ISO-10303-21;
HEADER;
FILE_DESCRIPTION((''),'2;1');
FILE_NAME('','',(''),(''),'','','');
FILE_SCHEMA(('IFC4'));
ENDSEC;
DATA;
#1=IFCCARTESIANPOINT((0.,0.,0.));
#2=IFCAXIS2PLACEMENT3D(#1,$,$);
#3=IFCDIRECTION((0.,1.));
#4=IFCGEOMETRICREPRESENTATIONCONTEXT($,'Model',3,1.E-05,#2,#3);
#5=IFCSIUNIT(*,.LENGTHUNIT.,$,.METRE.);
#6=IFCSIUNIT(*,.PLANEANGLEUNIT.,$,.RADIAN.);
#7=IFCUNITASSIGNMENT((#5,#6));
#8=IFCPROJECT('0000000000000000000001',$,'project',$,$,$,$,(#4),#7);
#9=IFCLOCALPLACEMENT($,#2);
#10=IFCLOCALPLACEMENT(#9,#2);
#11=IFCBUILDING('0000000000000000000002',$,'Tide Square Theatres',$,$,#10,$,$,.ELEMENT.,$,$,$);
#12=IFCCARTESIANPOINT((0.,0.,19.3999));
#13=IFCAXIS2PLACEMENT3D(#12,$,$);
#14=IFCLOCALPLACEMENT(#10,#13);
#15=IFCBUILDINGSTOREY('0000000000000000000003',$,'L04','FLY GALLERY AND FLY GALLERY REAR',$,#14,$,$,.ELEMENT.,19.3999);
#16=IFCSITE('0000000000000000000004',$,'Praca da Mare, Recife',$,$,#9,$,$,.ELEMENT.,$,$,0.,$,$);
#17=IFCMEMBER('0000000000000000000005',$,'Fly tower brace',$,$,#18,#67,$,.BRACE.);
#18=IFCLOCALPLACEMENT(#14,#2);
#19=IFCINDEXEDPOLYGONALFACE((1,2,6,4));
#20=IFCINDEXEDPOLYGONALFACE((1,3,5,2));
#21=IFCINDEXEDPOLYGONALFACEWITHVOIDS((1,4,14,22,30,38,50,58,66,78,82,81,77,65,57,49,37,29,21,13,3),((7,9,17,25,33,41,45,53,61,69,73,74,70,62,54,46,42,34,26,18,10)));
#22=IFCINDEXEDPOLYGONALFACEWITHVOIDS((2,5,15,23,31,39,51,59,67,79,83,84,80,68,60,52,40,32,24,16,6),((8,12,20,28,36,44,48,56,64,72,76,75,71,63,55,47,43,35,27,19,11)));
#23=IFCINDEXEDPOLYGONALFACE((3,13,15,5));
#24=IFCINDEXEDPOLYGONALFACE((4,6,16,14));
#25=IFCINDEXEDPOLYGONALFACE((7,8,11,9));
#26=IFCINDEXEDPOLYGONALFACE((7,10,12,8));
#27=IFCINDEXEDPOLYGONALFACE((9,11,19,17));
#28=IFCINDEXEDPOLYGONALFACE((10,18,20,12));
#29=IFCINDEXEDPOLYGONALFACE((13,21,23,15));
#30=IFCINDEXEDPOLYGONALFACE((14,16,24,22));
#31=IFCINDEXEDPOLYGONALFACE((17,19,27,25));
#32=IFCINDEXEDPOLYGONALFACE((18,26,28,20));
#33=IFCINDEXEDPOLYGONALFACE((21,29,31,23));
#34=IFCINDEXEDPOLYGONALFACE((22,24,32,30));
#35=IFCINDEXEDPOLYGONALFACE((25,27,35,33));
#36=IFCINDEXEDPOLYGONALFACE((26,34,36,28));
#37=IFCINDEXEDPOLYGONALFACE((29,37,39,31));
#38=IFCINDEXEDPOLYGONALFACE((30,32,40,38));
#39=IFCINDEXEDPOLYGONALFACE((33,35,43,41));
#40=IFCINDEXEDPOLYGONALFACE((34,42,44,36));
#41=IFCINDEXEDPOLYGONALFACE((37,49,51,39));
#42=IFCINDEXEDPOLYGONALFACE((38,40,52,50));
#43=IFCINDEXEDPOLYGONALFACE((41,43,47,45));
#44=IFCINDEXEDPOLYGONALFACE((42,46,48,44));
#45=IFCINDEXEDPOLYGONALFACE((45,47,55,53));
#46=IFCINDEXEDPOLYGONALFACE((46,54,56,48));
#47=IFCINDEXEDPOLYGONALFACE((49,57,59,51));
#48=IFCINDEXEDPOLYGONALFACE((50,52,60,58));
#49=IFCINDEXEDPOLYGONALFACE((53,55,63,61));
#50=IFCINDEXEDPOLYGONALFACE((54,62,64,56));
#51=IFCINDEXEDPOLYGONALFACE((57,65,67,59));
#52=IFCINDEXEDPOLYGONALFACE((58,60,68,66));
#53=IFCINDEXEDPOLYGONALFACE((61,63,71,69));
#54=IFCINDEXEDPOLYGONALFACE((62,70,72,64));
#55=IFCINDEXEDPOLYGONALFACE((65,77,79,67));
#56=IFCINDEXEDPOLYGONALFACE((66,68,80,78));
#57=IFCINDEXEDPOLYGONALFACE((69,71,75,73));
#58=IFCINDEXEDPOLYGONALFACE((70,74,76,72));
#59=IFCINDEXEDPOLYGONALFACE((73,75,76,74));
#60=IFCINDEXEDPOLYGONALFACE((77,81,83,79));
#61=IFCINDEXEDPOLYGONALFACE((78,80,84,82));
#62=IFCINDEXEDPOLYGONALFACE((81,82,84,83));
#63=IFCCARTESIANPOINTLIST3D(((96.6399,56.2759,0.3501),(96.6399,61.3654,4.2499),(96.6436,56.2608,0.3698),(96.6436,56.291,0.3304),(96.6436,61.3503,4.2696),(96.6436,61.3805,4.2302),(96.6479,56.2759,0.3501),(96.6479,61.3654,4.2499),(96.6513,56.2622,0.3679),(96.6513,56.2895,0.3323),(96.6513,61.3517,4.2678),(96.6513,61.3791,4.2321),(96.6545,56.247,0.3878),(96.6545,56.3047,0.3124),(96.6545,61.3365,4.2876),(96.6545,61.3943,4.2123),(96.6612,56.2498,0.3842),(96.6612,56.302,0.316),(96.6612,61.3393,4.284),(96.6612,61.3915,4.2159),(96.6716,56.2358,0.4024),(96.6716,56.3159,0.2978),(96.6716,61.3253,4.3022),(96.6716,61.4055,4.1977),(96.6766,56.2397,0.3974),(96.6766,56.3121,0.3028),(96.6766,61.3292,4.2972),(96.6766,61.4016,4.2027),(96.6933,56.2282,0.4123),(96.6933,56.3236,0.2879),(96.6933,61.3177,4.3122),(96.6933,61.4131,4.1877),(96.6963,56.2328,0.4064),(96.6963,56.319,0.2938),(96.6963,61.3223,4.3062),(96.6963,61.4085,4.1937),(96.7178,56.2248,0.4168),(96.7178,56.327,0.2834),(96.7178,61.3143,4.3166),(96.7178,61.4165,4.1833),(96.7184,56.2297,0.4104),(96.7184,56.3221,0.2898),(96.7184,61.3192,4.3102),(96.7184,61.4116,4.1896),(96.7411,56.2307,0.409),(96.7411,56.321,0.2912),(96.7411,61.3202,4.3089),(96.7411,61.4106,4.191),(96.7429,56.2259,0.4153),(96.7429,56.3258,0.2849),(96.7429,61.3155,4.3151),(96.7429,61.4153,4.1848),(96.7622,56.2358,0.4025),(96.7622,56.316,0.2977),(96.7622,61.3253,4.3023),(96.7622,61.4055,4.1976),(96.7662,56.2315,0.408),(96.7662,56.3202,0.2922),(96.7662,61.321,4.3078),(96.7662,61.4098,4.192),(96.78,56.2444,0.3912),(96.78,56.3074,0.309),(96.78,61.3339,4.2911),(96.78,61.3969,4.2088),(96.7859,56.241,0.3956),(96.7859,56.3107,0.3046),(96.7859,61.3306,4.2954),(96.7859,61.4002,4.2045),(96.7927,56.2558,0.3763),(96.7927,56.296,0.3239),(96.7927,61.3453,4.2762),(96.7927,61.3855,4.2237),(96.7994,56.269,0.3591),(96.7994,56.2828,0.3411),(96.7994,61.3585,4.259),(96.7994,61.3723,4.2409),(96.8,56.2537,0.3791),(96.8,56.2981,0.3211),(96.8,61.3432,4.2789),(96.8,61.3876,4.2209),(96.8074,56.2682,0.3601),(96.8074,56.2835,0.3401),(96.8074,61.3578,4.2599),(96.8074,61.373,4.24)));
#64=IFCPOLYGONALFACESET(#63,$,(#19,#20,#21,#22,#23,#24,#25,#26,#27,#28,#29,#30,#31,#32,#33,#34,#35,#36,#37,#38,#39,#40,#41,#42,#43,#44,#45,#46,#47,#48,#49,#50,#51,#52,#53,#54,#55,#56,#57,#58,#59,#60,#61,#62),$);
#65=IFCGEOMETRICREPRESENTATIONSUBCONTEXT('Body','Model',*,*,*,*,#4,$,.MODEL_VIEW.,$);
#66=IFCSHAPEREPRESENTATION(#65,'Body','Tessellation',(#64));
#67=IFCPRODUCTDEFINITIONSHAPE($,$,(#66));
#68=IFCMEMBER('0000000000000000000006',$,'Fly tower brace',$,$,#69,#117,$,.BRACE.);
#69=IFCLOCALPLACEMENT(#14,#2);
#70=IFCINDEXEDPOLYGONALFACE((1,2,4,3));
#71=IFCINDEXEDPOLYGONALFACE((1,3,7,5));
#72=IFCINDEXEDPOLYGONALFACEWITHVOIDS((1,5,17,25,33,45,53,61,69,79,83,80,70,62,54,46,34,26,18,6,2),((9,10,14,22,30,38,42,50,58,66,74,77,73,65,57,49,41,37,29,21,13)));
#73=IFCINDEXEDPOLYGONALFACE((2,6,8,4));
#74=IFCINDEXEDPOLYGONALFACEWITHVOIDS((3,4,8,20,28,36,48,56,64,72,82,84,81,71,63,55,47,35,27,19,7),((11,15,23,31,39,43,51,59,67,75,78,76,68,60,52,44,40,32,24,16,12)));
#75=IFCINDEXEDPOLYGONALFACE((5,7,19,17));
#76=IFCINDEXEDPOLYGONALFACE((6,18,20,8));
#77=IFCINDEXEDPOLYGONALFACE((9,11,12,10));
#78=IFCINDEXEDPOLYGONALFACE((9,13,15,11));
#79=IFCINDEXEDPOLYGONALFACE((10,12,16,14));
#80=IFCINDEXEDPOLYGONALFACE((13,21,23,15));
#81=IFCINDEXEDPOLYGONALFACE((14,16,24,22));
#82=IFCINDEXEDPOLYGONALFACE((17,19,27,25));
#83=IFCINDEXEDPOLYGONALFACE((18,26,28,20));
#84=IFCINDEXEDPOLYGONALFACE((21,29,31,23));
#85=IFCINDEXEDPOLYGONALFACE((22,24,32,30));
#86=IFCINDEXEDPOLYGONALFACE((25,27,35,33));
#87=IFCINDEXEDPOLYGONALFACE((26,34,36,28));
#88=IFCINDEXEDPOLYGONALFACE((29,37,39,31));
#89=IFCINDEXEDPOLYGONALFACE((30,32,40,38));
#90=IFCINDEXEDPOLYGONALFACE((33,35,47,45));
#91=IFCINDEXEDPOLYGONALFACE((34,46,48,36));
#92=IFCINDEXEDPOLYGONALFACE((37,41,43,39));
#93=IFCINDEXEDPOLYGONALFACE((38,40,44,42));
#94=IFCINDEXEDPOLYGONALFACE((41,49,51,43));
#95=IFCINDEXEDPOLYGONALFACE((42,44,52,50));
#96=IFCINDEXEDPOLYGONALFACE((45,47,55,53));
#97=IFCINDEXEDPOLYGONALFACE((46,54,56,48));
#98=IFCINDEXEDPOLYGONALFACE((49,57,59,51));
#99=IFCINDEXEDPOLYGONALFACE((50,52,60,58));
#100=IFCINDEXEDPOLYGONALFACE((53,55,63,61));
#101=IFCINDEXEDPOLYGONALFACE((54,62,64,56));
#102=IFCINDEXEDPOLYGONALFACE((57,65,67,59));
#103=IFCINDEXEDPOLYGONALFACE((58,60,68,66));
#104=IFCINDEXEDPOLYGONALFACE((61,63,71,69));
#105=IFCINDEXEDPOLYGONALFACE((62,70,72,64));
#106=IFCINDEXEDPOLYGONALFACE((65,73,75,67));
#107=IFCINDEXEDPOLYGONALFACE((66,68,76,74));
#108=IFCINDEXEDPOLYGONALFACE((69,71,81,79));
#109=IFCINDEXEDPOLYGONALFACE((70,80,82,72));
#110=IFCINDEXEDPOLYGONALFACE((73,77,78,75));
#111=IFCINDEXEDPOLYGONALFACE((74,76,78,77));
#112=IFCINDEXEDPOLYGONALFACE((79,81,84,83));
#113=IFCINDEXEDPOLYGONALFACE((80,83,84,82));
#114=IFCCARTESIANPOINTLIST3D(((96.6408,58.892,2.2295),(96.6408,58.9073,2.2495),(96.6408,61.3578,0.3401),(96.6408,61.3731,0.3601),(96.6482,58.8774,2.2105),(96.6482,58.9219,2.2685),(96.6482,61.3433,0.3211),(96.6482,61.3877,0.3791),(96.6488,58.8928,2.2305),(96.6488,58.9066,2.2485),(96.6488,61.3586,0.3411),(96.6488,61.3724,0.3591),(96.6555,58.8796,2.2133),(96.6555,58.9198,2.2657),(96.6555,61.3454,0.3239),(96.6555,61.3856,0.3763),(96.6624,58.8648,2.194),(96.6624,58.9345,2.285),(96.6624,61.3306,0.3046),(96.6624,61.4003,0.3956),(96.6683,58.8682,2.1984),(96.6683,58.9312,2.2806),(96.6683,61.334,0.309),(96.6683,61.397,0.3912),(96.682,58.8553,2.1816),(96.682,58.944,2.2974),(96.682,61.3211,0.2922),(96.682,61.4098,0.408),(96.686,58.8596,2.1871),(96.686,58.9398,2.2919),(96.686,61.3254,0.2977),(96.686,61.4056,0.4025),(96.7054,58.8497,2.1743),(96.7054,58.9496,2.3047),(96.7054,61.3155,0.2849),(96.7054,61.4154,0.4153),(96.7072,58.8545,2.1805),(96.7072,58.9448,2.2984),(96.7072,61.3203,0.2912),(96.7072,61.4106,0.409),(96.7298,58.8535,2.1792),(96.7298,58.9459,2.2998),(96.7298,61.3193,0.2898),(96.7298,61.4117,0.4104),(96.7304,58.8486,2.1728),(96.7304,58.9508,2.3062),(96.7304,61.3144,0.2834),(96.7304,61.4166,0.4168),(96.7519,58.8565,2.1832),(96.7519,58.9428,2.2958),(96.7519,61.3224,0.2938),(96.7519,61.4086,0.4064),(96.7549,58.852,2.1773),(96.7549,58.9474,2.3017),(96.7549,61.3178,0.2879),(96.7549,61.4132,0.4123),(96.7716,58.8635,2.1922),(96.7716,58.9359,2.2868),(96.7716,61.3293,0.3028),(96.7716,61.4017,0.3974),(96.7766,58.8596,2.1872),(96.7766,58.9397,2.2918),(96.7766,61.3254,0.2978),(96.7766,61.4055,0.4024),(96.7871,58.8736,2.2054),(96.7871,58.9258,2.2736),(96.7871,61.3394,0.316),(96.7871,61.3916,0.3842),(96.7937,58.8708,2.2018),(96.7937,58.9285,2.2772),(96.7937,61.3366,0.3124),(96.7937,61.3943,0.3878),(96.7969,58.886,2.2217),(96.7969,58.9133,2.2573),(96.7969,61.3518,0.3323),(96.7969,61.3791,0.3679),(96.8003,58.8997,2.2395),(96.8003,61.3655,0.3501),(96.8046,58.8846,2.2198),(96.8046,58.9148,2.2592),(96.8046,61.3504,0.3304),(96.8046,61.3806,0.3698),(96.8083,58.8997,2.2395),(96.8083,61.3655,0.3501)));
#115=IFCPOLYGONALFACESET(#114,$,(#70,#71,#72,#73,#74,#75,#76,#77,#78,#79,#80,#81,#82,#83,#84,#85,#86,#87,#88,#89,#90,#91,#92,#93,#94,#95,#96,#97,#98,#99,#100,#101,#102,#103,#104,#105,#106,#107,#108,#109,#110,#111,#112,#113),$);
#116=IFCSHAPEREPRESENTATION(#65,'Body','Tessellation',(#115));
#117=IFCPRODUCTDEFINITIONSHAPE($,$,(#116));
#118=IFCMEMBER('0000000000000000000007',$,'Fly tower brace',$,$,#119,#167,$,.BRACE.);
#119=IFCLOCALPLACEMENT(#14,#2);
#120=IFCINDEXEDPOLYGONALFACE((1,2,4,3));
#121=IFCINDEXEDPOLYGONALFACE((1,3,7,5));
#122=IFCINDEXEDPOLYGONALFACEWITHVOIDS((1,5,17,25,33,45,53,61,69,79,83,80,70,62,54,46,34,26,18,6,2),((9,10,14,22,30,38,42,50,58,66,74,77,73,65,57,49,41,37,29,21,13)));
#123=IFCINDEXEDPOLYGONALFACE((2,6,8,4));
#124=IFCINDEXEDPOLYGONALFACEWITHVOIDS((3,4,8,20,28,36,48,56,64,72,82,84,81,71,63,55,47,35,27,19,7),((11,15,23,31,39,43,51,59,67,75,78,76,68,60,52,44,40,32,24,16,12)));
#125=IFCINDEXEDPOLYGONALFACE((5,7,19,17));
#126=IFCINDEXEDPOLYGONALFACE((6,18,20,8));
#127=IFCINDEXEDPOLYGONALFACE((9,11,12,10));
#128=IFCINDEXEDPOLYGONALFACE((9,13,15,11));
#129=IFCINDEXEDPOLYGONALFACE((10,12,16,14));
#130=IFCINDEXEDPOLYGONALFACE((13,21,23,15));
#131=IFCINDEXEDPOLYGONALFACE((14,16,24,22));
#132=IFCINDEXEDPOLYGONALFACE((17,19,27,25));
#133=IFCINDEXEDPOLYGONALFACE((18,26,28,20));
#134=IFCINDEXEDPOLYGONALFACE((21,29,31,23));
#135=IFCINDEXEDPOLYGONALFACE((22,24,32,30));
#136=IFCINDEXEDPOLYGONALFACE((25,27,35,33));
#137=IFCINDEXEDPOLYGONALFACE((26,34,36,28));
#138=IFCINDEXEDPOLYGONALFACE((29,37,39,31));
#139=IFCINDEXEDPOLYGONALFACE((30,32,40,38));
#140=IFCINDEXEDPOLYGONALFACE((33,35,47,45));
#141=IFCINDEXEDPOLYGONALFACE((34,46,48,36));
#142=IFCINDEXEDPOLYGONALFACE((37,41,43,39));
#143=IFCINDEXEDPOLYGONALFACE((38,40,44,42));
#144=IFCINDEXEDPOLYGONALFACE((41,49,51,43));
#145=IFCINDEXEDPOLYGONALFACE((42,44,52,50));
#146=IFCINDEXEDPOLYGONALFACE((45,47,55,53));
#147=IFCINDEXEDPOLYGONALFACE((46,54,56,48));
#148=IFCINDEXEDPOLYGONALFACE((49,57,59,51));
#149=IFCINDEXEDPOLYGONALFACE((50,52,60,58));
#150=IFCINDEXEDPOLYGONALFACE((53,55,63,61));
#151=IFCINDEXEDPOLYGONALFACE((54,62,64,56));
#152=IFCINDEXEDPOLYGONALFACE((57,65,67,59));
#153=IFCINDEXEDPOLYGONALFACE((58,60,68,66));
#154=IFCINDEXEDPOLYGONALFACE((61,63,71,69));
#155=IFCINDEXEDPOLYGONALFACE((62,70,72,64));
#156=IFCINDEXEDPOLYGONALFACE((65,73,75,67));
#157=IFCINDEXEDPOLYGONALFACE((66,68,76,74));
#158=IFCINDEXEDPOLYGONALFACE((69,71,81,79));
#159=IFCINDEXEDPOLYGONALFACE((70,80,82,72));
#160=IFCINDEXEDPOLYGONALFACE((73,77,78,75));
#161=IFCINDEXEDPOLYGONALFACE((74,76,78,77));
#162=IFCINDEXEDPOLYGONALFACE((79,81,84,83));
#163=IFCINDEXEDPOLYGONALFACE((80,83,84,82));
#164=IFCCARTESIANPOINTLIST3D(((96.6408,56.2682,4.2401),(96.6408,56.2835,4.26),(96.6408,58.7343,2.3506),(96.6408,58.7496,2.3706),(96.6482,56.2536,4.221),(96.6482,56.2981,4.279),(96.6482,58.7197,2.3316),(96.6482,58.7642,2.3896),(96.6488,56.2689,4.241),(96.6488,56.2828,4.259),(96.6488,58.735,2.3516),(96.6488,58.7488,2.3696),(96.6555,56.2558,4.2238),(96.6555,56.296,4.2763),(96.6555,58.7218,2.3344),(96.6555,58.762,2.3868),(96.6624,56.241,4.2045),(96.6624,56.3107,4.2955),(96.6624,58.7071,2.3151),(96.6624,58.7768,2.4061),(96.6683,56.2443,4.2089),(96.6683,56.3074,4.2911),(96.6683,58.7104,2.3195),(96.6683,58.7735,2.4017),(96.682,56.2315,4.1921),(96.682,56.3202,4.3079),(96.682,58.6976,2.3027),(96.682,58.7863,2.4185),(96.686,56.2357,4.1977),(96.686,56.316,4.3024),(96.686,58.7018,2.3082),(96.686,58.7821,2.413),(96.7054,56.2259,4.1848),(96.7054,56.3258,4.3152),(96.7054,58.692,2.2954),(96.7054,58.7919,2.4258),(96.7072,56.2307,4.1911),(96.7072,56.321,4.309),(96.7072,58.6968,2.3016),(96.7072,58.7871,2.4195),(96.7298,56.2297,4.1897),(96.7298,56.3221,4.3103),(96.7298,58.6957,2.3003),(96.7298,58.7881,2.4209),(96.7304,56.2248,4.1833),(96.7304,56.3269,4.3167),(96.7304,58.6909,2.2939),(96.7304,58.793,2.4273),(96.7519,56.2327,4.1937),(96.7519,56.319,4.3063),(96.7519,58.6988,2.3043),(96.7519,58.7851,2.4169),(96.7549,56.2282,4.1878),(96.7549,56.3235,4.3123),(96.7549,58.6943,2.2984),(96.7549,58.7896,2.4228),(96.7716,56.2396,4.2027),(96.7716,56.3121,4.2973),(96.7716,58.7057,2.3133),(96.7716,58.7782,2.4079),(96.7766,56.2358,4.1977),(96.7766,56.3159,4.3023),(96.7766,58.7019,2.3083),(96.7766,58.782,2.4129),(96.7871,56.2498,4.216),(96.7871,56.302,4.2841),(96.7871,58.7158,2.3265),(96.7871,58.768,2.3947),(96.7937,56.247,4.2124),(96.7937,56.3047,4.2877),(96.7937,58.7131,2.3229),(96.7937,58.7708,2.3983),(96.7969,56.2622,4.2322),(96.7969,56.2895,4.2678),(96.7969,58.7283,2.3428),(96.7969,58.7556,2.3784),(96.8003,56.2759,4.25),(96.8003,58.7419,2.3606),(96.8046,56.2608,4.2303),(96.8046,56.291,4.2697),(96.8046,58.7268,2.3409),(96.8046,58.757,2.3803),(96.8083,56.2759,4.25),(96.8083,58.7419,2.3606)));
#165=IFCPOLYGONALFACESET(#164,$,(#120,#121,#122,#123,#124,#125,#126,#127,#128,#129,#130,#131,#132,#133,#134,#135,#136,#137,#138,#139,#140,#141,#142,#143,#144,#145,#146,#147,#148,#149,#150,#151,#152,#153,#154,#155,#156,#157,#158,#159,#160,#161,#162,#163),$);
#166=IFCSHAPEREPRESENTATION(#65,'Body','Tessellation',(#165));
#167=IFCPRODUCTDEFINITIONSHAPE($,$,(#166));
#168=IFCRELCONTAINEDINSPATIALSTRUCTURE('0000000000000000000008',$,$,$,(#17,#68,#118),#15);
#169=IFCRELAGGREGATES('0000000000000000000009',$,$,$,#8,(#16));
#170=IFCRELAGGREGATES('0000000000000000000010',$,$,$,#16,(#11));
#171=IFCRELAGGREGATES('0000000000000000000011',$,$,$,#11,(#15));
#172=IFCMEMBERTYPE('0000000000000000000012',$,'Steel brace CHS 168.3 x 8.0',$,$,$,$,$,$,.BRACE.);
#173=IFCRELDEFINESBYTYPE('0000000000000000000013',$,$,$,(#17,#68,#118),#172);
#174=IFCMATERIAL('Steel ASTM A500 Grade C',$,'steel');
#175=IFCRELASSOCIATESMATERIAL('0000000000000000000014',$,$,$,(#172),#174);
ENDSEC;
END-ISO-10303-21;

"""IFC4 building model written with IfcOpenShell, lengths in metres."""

from ifc_helpers import new_model, si_unit, direction, frame, origin, origin_2d, place, context, subcontext, project, spatial, hollow_circle, extrude, material, material_profile, profile_set, type_object, element, save


model = new_model("IFC4")

# Units and contexts
model_context = context("Model", 3, precision=1e-05, world=origin(), true_north=direction((0.0, 1.0)))
body_context = subcontext(model_context, "Body", "Model", "MODEL_VIEW")
ifc_project = project(units=[si_unit("LENGTHUNIT", "METRE"), si_unit("PLANEANGLEUNIT", "RADIAN")], contexts=[model_context])

# Site, building, storey
site_placement = place(None, origin())
site = spatial("IfcSite", under=ifc_project, at=site_placement, Name="Praca da Mare, Recife", CompositionType="ELEMENT", RefElevation=0.0)
building_placement = place(site_placement, origin())
building = spatial("IfcBuilding", under=site, at=building_placement, Name="Tide Square Theatres", CompositionType="ELEMENT")
storey_placement = place(building_placement, frame((0.0, 0.0, 19.3999)))
storey = spatial("IfcBuildingStorey", under=building, at=storey_placement, Name="L04", Description="FLY GALLERY AND FLY GALLERY REAR", CompositionType="ELEMENT", Elevation=19.3999)

# Members
ifc_material_1 = material(Name="Steel ASTM A500 Grade C", Category="steel")
ifc_material_profile_1 = material_profile(ifc_material_1, hollow_circle(Radius=0.0842, WallThickness=0.0081, at=origin_2d()))
ifc_profile_set_1 = profile_set([ifc_material_profile_1], Name="Steel ASTM A500 Grade C")
member_type = type_object("IfcMemberType", Name="Steel brace CHS 168.3 x 8.0", PredefinedType="BRACE", material=ifc_profile_set_1)
member_1_placement = place(storey_placement, frame((96.7241, 56.2759, 0.3501), z_axis=(0.0, 0.793766, 0.608223), x_axis=(-1.0, 0.0, 0.0)))
element("IfcMember", 1, at=member_1_placement, inside=storey, type_object=member_type, Name="Fly tower brace", PredefinedType="BRACE", context=body_context, shape_type="SweptSolid", body=[
    extrude(hollow_circle(Radius=0.0842, WallThickness=0.0081, at=origin_2d()), origin(), (0.0, 0.0, 1.0), 6.4119),
])
member_2_placement = place(storey_placement, frame((96.7241, 61.3655, 0.3501), z_axis=(0.0, -0.793771, 0.608217), x_axis=(1.0, 0.0, 0.0)))
element("IfcMember", 2, at=member_2_placement, inside=storey, type_object=member_type, Name="Fly tower brace", PredefinedType="BRACE", context=body_context, shape_type="SweptSolid", body=[
    extrude(hollow_circle(Radius=0.0842, WallThickness=0.0081, at=origin_2d()), origin(), (0.0, 0.0, 1.0), 3.1064),
])
member_3_placement = place(storey_placement, frame((96.7241, 58.7419, 2.3606), z_axis=(0.0, -0.7938, 0.608179), x_axis=(1.0, 0.0, 0.0)))
element("IfcMember", 3, at=member_3_placement, inside=storey, type_object=member_type, Name="Fly tower brace", PredefinedType="BRACE", context=body_context, shape_type="SweptSolid", body=[
    extrude(hollow_circle(Radius=0.0842, WallThickness=0.0081, at=origin_2d()), origin(), (0.0, 0.0, 1.0), 3.1067),
])

save(model, "model.ifc")
